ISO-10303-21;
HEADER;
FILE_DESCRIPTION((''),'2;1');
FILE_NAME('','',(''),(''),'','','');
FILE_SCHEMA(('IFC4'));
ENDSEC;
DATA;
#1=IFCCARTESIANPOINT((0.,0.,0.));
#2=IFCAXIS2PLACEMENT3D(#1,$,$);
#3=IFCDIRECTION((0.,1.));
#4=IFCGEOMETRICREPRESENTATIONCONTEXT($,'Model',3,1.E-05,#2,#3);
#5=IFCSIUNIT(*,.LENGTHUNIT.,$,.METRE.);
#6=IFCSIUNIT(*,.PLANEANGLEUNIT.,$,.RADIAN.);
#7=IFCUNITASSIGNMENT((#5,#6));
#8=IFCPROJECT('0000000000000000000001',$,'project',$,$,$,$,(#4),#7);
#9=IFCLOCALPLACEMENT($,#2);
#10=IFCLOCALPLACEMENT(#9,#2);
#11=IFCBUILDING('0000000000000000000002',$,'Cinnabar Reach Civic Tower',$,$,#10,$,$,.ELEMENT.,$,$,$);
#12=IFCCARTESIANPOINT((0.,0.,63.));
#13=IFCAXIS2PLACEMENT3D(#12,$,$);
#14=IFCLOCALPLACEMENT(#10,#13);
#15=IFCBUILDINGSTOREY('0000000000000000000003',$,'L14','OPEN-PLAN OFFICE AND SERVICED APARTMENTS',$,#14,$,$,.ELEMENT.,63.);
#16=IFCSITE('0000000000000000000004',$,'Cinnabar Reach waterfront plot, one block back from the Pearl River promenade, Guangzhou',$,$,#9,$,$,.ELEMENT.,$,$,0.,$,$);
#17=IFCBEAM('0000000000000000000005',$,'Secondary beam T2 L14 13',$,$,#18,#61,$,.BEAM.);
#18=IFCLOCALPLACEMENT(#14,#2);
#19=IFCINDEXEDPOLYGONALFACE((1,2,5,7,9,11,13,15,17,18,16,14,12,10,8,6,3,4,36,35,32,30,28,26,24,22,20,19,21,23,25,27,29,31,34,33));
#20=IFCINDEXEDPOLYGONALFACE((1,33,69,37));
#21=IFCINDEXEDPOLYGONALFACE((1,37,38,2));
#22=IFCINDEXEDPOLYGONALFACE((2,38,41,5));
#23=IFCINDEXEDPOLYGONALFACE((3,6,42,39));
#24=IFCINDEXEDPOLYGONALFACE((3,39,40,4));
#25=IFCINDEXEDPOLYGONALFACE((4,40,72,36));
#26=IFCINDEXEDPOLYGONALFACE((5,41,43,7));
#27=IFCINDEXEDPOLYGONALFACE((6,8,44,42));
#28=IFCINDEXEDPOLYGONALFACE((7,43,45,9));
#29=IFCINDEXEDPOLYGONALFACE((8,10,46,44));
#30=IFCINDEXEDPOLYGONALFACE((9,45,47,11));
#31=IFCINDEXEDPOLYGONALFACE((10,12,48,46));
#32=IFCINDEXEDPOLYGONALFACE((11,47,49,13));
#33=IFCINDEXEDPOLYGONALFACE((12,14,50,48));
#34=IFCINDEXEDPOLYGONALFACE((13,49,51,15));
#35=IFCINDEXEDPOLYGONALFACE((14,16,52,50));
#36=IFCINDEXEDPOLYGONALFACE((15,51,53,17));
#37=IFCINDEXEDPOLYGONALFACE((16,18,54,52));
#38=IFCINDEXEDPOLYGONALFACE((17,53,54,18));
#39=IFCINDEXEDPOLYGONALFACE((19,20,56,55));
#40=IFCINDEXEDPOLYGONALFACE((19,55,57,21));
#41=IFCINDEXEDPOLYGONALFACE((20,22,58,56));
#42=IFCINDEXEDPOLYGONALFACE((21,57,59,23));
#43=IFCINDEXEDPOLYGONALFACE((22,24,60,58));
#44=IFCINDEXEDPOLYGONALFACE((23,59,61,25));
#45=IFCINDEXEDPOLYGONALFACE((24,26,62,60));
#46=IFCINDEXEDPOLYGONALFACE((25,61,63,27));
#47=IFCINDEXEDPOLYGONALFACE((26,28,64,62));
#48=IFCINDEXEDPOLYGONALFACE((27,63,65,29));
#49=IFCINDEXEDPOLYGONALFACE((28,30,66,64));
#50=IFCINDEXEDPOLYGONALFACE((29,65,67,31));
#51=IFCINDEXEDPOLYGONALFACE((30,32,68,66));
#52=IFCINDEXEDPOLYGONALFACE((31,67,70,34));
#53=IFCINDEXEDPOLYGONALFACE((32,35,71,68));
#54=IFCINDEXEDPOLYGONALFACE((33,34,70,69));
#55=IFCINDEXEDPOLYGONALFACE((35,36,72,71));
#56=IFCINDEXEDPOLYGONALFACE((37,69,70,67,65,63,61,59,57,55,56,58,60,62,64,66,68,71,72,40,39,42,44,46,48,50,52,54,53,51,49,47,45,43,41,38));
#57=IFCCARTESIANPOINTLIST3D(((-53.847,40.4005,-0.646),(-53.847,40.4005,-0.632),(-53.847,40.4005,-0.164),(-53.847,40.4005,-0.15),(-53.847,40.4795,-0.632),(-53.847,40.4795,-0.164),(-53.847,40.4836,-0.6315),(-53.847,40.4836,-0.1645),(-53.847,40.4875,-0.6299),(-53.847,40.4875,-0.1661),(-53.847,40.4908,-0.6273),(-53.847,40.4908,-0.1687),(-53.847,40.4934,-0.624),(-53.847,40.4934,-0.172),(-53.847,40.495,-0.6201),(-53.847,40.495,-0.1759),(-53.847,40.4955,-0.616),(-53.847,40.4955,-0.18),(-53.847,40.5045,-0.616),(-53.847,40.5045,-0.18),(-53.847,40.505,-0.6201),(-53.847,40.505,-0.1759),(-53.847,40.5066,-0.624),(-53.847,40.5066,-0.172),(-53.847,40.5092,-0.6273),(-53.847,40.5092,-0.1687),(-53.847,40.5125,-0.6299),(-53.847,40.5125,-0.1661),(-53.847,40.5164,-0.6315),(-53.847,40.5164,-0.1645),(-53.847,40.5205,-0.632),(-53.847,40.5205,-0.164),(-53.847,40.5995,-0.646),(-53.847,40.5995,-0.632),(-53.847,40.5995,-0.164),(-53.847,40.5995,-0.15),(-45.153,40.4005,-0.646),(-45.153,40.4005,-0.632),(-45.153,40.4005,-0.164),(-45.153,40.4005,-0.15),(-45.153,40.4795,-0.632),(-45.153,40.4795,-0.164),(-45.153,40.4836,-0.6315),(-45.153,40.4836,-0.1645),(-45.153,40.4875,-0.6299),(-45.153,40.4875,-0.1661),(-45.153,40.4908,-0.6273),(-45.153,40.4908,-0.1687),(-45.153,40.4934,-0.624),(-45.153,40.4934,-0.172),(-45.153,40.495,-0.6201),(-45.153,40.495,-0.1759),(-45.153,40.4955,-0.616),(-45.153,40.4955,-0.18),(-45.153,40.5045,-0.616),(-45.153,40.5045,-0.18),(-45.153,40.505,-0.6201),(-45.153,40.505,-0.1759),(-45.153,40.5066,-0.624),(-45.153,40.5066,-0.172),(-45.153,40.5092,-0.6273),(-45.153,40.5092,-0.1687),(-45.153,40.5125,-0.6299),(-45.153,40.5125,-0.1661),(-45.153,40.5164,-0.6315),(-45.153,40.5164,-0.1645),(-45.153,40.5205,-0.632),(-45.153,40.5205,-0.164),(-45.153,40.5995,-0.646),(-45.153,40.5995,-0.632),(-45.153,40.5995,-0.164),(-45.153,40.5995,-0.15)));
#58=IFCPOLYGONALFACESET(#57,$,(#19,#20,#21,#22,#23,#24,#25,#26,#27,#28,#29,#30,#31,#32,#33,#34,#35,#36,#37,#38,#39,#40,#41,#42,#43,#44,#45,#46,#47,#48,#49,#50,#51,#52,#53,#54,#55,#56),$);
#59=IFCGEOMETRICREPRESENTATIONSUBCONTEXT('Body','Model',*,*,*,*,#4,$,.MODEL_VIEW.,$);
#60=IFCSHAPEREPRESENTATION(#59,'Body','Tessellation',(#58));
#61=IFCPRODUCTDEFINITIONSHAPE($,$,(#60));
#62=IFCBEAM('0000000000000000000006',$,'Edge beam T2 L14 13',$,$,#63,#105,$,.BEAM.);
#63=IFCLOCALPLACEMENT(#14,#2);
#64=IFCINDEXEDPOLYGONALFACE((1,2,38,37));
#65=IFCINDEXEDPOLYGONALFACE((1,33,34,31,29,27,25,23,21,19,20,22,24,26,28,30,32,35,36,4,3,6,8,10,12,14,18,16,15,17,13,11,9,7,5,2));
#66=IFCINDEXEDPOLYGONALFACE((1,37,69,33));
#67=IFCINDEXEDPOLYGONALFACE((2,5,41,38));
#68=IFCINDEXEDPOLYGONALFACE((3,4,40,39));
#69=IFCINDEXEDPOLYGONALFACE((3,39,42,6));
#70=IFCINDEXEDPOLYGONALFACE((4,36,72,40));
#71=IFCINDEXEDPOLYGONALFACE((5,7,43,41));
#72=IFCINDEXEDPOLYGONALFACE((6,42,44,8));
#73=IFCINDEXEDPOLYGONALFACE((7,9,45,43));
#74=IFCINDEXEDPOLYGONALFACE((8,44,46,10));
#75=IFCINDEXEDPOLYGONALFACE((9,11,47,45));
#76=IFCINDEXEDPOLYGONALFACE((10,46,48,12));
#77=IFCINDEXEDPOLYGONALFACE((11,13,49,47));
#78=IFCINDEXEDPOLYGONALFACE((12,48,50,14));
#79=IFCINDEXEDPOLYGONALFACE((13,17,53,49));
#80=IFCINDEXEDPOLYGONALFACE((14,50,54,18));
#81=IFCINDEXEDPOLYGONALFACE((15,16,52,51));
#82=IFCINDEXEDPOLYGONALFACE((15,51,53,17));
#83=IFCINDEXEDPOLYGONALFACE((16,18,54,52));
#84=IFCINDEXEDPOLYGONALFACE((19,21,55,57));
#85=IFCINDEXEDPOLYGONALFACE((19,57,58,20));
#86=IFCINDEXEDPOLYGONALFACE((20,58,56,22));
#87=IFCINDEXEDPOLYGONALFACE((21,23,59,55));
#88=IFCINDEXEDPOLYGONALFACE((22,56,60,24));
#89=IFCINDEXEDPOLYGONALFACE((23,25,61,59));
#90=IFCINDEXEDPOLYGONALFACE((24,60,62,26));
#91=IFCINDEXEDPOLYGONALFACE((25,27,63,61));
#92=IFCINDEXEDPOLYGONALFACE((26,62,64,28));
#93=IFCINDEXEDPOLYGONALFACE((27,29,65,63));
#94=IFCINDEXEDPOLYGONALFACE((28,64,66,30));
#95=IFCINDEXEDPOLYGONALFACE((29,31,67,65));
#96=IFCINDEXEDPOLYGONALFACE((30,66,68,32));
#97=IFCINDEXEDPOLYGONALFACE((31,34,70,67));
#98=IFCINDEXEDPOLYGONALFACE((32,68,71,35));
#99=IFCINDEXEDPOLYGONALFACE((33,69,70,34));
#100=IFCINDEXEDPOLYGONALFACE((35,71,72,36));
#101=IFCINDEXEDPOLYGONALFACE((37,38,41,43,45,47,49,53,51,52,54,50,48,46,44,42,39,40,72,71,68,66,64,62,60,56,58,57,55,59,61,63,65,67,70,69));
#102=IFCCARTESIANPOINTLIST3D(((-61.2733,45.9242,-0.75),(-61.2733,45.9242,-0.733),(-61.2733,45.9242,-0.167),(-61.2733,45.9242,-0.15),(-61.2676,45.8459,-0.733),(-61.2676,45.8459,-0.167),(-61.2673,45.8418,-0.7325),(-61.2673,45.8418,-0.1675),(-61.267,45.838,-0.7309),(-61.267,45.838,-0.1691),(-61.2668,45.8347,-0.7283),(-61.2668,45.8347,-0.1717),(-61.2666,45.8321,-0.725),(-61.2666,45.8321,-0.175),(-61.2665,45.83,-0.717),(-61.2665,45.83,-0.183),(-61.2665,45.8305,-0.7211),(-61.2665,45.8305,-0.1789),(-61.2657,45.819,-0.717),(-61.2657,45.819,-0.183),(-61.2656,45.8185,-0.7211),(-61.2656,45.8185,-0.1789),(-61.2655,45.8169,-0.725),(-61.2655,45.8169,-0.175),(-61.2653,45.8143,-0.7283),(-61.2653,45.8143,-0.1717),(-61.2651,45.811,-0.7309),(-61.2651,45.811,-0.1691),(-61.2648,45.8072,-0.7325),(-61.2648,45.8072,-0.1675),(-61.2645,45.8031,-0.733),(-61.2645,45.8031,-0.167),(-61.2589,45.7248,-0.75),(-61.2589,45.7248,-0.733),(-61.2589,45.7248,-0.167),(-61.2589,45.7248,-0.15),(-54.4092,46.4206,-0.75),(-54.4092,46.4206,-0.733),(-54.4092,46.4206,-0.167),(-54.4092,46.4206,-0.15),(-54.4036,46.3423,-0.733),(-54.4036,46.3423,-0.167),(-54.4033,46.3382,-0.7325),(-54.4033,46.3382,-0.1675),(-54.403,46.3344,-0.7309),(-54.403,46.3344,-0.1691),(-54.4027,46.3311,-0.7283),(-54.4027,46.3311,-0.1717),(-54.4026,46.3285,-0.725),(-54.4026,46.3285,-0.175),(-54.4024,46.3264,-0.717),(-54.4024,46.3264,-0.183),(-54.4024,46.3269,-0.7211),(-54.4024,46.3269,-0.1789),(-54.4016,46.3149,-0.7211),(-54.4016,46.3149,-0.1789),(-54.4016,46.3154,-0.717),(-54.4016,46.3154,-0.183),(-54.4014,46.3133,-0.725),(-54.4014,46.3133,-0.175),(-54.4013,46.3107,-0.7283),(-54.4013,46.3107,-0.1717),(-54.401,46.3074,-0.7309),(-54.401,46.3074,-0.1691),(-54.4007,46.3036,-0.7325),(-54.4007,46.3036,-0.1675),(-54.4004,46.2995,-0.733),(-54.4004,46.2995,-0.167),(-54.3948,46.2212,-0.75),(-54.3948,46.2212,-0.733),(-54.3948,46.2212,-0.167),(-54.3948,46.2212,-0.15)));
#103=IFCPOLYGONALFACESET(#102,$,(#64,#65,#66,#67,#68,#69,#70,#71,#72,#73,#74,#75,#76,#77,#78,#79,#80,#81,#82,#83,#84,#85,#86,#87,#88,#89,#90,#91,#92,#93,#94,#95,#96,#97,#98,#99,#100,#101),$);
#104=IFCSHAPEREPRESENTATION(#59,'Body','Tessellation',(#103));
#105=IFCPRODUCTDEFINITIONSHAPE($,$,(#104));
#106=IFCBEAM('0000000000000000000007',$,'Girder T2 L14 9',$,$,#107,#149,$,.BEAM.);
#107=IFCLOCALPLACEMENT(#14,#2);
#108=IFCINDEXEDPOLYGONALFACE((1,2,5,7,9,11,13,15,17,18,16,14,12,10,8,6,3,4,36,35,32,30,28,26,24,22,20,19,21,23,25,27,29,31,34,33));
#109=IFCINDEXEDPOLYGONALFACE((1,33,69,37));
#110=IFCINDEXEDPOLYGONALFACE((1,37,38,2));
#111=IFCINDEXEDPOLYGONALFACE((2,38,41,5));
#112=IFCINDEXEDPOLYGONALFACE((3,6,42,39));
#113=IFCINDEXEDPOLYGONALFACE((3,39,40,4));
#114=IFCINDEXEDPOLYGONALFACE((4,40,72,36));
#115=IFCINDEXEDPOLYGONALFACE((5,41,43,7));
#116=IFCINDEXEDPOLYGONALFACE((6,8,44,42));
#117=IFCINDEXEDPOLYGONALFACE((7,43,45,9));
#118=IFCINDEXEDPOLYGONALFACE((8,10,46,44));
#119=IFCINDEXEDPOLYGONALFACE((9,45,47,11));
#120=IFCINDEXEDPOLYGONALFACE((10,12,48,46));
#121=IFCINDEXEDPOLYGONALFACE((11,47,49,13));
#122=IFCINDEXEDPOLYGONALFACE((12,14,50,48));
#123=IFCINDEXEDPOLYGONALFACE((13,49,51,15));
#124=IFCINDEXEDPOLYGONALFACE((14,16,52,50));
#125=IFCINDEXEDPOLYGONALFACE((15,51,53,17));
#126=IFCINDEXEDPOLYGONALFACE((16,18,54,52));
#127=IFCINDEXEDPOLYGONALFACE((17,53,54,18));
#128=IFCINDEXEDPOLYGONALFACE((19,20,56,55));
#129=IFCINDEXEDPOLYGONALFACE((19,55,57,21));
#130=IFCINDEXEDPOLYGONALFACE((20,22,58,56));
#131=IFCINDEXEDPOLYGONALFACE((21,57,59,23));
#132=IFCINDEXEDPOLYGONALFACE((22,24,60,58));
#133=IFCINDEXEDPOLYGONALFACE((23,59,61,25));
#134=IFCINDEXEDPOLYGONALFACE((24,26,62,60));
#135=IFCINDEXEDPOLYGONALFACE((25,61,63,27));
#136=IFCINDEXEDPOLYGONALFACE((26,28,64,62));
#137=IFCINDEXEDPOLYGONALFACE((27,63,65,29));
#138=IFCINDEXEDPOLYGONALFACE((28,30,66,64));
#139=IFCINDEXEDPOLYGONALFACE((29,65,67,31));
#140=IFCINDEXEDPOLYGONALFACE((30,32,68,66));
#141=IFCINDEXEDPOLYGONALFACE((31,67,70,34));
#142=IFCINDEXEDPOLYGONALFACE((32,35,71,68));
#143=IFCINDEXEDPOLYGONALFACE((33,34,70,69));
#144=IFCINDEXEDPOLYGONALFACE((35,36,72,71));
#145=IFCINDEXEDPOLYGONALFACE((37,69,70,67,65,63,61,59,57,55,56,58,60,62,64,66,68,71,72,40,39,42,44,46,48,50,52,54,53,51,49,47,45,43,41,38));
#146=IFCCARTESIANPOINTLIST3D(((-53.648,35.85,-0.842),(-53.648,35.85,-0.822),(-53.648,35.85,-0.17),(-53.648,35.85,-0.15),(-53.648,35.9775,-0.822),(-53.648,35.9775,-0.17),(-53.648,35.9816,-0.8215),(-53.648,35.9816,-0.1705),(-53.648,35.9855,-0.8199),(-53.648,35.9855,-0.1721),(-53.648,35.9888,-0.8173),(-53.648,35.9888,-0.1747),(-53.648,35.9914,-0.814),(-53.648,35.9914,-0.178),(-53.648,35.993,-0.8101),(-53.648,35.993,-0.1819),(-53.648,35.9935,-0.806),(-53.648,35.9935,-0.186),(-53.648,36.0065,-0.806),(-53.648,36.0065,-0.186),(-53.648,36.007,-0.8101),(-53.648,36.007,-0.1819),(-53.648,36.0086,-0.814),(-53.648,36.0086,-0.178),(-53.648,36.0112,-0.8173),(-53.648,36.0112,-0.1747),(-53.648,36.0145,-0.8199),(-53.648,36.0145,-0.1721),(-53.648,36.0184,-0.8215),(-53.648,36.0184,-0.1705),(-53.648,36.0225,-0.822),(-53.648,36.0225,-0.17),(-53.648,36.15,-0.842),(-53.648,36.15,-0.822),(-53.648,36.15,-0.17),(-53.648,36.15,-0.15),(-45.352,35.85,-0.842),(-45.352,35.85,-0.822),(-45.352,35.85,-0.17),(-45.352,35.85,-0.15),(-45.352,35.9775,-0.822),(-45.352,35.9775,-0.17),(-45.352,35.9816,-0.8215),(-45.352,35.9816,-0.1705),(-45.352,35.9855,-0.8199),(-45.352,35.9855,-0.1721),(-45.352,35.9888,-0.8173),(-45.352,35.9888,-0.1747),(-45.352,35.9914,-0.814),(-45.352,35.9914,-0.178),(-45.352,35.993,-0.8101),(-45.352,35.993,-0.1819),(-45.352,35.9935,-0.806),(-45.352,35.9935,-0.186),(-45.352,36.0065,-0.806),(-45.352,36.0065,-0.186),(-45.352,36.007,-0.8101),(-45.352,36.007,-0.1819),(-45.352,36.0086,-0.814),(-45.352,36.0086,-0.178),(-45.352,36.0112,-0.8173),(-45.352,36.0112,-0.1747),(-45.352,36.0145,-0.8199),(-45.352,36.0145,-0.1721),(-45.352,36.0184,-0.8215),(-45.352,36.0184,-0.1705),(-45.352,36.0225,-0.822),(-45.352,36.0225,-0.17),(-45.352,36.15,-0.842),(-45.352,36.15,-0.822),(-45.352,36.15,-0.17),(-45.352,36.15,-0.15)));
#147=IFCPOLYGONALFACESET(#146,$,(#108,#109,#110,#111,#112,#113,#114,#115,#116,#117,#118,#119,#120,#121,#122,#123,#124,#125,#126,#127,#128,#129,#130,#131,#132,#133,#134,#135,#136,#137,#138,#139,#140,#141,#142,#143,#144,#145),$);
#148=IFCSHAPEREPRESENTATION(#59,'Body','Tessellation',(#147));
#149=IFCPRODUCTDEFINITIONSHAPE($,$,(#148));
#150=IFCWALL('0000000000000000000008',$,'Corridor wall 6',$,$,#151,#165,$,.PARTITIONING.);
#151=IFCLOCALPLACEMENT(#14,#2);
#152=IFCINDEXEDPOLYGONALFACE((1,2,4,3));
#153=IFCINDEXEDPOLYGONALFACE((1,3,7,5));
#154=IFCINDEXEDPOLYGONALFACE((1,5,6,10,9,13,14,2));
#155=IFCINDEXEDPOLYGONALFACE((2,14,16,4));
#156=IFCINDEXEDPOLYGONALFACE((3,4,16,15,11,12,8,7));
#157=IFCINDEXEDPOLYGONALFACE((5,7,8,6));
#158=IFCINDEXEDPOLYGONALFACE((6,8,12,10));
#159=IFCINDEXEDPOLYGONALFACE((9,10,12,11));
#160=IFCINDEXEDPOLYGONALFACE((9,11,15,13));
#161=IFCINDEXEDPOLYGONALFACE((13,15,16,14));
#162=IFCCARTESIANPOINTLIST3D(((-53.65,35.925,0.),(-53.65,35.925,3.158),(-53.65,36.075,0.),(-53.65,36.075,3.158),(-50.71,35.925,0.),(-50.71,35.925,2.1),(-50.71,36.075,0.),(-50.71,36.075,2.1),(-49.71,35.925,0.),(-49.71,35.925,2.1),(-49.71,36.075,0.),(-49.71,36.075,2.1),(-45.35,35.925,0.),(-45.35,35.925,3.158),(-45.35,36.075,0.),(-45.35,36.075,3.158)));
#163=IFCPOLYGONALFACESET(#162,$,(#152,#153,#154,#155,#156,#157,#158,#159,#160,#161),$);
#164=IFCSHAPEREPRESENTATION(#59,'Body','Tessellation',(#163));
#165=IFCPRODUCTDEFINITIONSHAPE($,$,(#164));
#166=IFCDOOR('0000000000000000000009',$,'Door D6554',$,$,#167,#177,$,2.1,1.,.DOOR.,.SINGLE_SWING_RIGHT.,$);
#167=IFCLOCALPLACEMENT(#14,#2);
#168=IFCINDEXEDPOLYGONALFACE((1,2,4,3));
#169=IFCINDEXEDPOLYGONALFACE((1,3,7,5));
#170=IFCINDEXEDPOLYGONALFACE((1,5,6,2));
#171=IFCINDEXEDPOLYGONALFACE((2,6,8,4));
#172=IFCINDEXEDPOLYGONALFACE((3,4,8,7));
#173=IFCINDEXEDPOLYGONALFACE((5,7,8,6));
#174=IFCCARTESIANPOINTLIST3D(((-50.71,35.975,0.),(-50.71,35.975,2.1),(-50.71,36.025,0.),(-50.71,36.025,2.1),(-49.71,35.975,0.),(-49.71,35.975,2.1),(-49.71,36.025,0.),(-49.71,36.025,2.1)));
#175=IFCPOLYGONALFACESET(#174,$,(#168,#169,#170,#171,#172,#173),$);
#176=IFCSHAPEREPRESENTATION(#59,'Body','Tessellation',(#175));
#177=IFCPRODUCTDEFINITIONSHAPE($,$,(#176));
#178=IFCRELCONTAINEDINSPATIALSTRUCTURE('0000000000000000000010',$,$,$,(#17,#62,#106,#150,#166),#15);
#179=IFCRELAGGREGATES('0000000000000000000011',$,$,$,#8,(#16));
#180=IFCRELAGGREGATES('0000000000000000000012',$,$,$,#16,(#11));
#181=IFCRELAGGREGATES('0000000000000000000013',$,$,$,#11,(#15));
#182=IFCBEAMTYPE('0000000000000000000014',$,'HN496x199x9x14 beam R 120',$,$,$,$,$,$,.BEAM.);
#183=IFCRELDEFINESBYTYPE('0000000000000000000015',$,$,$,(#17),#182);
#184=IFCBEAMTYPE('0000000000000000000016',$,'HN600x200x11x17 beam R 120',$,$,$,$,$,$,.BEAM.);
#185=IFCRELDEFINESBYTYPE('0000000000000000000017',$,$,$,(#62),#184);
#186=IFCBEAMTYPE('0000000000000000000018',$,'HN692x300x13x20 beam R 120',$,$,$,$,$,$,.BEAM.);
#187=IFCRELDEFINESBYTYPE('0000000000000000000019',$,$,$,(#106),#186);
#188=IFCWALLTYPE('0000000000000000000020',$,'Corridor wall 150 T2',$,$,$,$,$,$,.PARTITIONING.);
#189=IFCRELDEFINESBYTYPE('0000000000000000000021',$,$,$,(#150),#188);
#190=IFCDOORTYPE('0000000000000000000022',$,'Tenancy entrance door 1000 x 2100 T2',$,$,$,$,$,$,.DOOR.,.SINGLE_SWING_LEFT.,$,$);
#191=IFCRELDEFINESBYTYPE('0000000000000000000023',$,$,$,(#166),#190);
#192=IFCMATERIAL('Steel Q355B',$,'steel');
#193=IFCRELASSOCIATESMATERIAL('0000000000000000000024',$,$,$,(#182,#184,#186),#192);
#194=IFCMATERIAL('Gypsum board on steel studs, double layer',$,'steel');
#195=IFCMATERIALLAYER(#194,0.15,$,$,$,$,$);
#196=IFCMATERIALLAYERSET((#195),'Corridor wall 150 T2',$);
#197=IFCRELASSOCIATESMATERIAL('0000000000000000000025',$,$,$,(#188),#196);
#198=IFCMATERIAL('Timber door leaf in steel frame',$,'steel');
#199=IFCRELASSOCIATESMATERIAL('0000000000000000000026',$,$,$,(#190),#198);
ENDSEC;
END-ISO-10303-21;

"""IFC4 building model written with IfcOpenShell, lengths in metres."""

from ifc_helpers import new_model, si_unit, direction, frame, frame_2d, origin, origin_2d, place, context, subcontext, project, spatial, rectangle, i_section, extrude, material, layer, layer_set, material_profile, profile_set, type_object, element, fill, save


model = new_model("IFC4")

# Units and contexts
model_context = context("Model", 3, precision=1e-05, world=origin(), true_north=direction((0.0, 1.0)))
body_context = subcontext(model_context, "Body", "Model", "MODEL_VIEW")
ifc_project = project(units=[si_unit("LENGTHUNIT", "METRE"), si_unit("PLANEANGLEUNIT", "RADIAN")], contexts=[model_context])

# Site, building, storey
site_placement = place(None, origin())
site = spatial("IfcSite", under=ifc_project, at=site_placement, Name="Cinnabar Reach waterfront plot, one block back from the Pearl River promenade, Guangzhou", CompositionType="ELEMENT", RefElevation=0.0)
building_placement = place(site_placement, origin())
building = spatial("IfcBuilding", under=site, at=building_placement, Name="Cinnabar Reach Civic Tower", CompositionType="ELEMENT")
storey_placement = place(building_placement, frame((0.0, 0.0, 63.0)))
storey = spatial("IfcBuildingStorey", under=building, at=storey_placement, Name="L14", Description="OPEN-PLAN OFFICE AND SERVICED APARTMENTS", CompositionType="ELEMENT", Elevation=63.0)

# Beams
ifc_material_1 = material(Name="Steel Q355B", Category="steel")
ifc_material_profile_1 = material_profile(ifc_material_1, i_section(OverallWidth=0.199, OverallDepth=0.496, WebThickness=0.009, FlangeThickness=0.014, FilletRadius=0.016, at=origin_2d()), Name="HN496x199x9x14")
ifc_profile_set_1 = profile_set([ifc_material_profile_1], Name="Steel Q355B")
beam_type_1 = type_object("IfcBeamType", Name="HN496x199x9x14 beam R 120", PredefinedType="BEAM", material=ifc_profile_set_1)
beam_1_placement = place(storey_placement, frame((-53.847, 40.5, -0.398), z_axis=(1.0, 0.0, 0.0), x_axis=(0.0, 1.0, 0.0)))
element("IfcBeam", 1, at=beam_1_placement, inside=storey, type_object=beam_type_1, Name="Secondary beam T2 L14 13", PredefinedType="BEAM", context=body_context, shape_type="SweptSolid", body=[
    extrude(i_section(OverallWidth=0.199, OverallDepth=0.496, WebThickness=0.009, FlangeThickness=0.014, FilletRadius=0.016, at=origin_2d()), origin(), (0.0, 0.0, 1.0), 8.694),
])
ifc_material_profile_2 = material_profile(ifc_material_1, i_section(OverallWidth=0.2, OverallDepth=0.6, WebThickness=0.011, FlangeThickness=0.017, FilletRadius=0.016, at=origin_2d()), Name="HN600x200x11x17")
ifc_profile_set_2 = profile_set([ifc_material_profile_2], Name="Steel Q355B")
beam_type_2 = type_object("IfcBeamType", Name="HN600x200x11x17 beam R 120", PredefinedType="BEAM", material=ifc_profile_set_2)
beam_2_placement = place(storey_placement, frame((-54.402, 46.3209, -0.45), z_axis=(-0.997395, -0.07213, 0.0), x_axis=(0.07213, -0.997395, 0.0)))
element("IfcBeam", 2, at=beam_2_placement, inside=storey, type_object=beam_type_2, Name="Edge beam T2 L14 13", PredefinedType="BEAM", context=body_context, shape_type="SweptSolid", body=[
    extrude(i_section(OverallWidth=0.2, OverallDepth=0.6, WebThickness=0.011, FlangeThickness=0.017, FilletRadius=0.016, at=origin_2d()), origin(), (0.0, 0.0, 1.0), 6.882),
])
ifc_material_profile_3 = material_profile(ifc_material_1, i_section(OverallWidth=0.3, OverallDepth=0.692, WebThickness=0.013, FlangeThickness=0.02, FilletRadius=0.016, at=origin_2d()), Name="HN692x300x13x20")
ifc_profile_set_3 = profile_set([ifc_material_profile_3], Name="Steel Q355B")
beam_type_3 = type_object("IfcBeamType", Name="HN692x300x13x20 beam R 120", PredefinedType="BEAM", material=ifc_profile_set_3)
beam_3_placement = place(storey_placement, frame((-53.648, 36.0, -0.496), z_axis=(1.0, 0.0, 0.0), x_axis=(0.0, 1.0, 0.0)))
element("IfcBeam", 3, at=beam_3_placement, inside=storey, type_object=beam_type_3, Name="Girder T2 L14 9", PredefinedType="BEAM", context=body_context, shape_type="SweptSolid", body=[
    extrude(i_section(OverallWidth=0.3, OverallDepth=0.692, WebThickness=0.013, FlangeThickness=0.02, FilletRadius=0.016, at=origin_2d()), origin(), (0.0, 0.0, 1.0), 8.296),
])

# Wall, opening, door
ifc_material_2 = material(Name="Gypsum board on steel studs, double layer", Category="steel")
ifc_layer_1 = layer(ifc_material_2, 0.15)
ifc_layer_set_1 = layer_set([ifc_layer_1], Name="Corridor wall 150 T2")
wall_type_1 = type_object("IfcWallType", Name="Corridor wall 150 T2", PredefinedType="PARTITIONING", material=ifc_layer_set_1)
wall_1_placement = place(storey_placement, frame((-53.65, 36.0, 0.0), z_axis=(0.0, 0.0, 1.0), x_axis=(1.0, 0.0, 0.0)))
wall_1 = element("IfcWall", 4, at=wall_1_placement, inside=storey, type_object=wall_type_1, Name="Corridor wall 6", PredefinedType="PARTITIONING", context=body_context, shape_type="SweptSolid", body=[
    extrude(rectangle(XDim=8.3, YDim=0.15, at=frame_2d((4.15, 0.0))), origin(), (0.0, 0.0, 1.0), 3.158),
])
opening_1_placement = place(wall_1_placement, frame((2.94, 0.0, 0.0)))
opening_1 = element("IfcOpeningElement", 5, at=opening_1_placement, cuts=wall_1, PredefinedType="OPENING", context=body_context, shape_type="SweptSolid", body=[
    extrude(rectangle(XDim=1.0, YDim=2.1, at=frame_2d((0.5, 1.05))), frame((0.0, 0.085, 0.0), z_axis=(0.0, -1.0, 0.0), x_axis=(1.0, 0.0, 0.0)), (0.0, 0.0, 1.0), 0.17),
])
ifc_material_3 = material(Name="Timber door leaf in steel frame", Category="steel")
door_type_1 = type_object("IfcDoorType", Name="Tenancy entrance door 1000 x 2100 T2", OperationType="SINGLE_SWING_LEFT", PredefinedType="DOOR", material=ifc_material_3)
door_1_placement = place(opening_1_placement, origin())
door_1 = element("IfcDoor", 6, at=door_1_placement, inside=storey, type_object=door_type_1, Name="Door D6554", OperationType="SINGLE_SWING_RIGHT", OverallHeight=2.1, OverallWidth=1.0, PredefinedType="DOOR", context=body_context, shape_type="SweptSolid", body=[
    extrude(rectangle(XDim=1.0, YDim=2.1, at=frame_2d((0.5, 1.05))), frame((0.0, 0.025, 0.0), z_axis=(0.0, -1.0, 0.0), x_axis=(1.0, 0.0, 0.0)), (0.0, 0.0, 1.0), 0.05),
])
fill(opening_1, door_1)

save(model, "model.ifc")
